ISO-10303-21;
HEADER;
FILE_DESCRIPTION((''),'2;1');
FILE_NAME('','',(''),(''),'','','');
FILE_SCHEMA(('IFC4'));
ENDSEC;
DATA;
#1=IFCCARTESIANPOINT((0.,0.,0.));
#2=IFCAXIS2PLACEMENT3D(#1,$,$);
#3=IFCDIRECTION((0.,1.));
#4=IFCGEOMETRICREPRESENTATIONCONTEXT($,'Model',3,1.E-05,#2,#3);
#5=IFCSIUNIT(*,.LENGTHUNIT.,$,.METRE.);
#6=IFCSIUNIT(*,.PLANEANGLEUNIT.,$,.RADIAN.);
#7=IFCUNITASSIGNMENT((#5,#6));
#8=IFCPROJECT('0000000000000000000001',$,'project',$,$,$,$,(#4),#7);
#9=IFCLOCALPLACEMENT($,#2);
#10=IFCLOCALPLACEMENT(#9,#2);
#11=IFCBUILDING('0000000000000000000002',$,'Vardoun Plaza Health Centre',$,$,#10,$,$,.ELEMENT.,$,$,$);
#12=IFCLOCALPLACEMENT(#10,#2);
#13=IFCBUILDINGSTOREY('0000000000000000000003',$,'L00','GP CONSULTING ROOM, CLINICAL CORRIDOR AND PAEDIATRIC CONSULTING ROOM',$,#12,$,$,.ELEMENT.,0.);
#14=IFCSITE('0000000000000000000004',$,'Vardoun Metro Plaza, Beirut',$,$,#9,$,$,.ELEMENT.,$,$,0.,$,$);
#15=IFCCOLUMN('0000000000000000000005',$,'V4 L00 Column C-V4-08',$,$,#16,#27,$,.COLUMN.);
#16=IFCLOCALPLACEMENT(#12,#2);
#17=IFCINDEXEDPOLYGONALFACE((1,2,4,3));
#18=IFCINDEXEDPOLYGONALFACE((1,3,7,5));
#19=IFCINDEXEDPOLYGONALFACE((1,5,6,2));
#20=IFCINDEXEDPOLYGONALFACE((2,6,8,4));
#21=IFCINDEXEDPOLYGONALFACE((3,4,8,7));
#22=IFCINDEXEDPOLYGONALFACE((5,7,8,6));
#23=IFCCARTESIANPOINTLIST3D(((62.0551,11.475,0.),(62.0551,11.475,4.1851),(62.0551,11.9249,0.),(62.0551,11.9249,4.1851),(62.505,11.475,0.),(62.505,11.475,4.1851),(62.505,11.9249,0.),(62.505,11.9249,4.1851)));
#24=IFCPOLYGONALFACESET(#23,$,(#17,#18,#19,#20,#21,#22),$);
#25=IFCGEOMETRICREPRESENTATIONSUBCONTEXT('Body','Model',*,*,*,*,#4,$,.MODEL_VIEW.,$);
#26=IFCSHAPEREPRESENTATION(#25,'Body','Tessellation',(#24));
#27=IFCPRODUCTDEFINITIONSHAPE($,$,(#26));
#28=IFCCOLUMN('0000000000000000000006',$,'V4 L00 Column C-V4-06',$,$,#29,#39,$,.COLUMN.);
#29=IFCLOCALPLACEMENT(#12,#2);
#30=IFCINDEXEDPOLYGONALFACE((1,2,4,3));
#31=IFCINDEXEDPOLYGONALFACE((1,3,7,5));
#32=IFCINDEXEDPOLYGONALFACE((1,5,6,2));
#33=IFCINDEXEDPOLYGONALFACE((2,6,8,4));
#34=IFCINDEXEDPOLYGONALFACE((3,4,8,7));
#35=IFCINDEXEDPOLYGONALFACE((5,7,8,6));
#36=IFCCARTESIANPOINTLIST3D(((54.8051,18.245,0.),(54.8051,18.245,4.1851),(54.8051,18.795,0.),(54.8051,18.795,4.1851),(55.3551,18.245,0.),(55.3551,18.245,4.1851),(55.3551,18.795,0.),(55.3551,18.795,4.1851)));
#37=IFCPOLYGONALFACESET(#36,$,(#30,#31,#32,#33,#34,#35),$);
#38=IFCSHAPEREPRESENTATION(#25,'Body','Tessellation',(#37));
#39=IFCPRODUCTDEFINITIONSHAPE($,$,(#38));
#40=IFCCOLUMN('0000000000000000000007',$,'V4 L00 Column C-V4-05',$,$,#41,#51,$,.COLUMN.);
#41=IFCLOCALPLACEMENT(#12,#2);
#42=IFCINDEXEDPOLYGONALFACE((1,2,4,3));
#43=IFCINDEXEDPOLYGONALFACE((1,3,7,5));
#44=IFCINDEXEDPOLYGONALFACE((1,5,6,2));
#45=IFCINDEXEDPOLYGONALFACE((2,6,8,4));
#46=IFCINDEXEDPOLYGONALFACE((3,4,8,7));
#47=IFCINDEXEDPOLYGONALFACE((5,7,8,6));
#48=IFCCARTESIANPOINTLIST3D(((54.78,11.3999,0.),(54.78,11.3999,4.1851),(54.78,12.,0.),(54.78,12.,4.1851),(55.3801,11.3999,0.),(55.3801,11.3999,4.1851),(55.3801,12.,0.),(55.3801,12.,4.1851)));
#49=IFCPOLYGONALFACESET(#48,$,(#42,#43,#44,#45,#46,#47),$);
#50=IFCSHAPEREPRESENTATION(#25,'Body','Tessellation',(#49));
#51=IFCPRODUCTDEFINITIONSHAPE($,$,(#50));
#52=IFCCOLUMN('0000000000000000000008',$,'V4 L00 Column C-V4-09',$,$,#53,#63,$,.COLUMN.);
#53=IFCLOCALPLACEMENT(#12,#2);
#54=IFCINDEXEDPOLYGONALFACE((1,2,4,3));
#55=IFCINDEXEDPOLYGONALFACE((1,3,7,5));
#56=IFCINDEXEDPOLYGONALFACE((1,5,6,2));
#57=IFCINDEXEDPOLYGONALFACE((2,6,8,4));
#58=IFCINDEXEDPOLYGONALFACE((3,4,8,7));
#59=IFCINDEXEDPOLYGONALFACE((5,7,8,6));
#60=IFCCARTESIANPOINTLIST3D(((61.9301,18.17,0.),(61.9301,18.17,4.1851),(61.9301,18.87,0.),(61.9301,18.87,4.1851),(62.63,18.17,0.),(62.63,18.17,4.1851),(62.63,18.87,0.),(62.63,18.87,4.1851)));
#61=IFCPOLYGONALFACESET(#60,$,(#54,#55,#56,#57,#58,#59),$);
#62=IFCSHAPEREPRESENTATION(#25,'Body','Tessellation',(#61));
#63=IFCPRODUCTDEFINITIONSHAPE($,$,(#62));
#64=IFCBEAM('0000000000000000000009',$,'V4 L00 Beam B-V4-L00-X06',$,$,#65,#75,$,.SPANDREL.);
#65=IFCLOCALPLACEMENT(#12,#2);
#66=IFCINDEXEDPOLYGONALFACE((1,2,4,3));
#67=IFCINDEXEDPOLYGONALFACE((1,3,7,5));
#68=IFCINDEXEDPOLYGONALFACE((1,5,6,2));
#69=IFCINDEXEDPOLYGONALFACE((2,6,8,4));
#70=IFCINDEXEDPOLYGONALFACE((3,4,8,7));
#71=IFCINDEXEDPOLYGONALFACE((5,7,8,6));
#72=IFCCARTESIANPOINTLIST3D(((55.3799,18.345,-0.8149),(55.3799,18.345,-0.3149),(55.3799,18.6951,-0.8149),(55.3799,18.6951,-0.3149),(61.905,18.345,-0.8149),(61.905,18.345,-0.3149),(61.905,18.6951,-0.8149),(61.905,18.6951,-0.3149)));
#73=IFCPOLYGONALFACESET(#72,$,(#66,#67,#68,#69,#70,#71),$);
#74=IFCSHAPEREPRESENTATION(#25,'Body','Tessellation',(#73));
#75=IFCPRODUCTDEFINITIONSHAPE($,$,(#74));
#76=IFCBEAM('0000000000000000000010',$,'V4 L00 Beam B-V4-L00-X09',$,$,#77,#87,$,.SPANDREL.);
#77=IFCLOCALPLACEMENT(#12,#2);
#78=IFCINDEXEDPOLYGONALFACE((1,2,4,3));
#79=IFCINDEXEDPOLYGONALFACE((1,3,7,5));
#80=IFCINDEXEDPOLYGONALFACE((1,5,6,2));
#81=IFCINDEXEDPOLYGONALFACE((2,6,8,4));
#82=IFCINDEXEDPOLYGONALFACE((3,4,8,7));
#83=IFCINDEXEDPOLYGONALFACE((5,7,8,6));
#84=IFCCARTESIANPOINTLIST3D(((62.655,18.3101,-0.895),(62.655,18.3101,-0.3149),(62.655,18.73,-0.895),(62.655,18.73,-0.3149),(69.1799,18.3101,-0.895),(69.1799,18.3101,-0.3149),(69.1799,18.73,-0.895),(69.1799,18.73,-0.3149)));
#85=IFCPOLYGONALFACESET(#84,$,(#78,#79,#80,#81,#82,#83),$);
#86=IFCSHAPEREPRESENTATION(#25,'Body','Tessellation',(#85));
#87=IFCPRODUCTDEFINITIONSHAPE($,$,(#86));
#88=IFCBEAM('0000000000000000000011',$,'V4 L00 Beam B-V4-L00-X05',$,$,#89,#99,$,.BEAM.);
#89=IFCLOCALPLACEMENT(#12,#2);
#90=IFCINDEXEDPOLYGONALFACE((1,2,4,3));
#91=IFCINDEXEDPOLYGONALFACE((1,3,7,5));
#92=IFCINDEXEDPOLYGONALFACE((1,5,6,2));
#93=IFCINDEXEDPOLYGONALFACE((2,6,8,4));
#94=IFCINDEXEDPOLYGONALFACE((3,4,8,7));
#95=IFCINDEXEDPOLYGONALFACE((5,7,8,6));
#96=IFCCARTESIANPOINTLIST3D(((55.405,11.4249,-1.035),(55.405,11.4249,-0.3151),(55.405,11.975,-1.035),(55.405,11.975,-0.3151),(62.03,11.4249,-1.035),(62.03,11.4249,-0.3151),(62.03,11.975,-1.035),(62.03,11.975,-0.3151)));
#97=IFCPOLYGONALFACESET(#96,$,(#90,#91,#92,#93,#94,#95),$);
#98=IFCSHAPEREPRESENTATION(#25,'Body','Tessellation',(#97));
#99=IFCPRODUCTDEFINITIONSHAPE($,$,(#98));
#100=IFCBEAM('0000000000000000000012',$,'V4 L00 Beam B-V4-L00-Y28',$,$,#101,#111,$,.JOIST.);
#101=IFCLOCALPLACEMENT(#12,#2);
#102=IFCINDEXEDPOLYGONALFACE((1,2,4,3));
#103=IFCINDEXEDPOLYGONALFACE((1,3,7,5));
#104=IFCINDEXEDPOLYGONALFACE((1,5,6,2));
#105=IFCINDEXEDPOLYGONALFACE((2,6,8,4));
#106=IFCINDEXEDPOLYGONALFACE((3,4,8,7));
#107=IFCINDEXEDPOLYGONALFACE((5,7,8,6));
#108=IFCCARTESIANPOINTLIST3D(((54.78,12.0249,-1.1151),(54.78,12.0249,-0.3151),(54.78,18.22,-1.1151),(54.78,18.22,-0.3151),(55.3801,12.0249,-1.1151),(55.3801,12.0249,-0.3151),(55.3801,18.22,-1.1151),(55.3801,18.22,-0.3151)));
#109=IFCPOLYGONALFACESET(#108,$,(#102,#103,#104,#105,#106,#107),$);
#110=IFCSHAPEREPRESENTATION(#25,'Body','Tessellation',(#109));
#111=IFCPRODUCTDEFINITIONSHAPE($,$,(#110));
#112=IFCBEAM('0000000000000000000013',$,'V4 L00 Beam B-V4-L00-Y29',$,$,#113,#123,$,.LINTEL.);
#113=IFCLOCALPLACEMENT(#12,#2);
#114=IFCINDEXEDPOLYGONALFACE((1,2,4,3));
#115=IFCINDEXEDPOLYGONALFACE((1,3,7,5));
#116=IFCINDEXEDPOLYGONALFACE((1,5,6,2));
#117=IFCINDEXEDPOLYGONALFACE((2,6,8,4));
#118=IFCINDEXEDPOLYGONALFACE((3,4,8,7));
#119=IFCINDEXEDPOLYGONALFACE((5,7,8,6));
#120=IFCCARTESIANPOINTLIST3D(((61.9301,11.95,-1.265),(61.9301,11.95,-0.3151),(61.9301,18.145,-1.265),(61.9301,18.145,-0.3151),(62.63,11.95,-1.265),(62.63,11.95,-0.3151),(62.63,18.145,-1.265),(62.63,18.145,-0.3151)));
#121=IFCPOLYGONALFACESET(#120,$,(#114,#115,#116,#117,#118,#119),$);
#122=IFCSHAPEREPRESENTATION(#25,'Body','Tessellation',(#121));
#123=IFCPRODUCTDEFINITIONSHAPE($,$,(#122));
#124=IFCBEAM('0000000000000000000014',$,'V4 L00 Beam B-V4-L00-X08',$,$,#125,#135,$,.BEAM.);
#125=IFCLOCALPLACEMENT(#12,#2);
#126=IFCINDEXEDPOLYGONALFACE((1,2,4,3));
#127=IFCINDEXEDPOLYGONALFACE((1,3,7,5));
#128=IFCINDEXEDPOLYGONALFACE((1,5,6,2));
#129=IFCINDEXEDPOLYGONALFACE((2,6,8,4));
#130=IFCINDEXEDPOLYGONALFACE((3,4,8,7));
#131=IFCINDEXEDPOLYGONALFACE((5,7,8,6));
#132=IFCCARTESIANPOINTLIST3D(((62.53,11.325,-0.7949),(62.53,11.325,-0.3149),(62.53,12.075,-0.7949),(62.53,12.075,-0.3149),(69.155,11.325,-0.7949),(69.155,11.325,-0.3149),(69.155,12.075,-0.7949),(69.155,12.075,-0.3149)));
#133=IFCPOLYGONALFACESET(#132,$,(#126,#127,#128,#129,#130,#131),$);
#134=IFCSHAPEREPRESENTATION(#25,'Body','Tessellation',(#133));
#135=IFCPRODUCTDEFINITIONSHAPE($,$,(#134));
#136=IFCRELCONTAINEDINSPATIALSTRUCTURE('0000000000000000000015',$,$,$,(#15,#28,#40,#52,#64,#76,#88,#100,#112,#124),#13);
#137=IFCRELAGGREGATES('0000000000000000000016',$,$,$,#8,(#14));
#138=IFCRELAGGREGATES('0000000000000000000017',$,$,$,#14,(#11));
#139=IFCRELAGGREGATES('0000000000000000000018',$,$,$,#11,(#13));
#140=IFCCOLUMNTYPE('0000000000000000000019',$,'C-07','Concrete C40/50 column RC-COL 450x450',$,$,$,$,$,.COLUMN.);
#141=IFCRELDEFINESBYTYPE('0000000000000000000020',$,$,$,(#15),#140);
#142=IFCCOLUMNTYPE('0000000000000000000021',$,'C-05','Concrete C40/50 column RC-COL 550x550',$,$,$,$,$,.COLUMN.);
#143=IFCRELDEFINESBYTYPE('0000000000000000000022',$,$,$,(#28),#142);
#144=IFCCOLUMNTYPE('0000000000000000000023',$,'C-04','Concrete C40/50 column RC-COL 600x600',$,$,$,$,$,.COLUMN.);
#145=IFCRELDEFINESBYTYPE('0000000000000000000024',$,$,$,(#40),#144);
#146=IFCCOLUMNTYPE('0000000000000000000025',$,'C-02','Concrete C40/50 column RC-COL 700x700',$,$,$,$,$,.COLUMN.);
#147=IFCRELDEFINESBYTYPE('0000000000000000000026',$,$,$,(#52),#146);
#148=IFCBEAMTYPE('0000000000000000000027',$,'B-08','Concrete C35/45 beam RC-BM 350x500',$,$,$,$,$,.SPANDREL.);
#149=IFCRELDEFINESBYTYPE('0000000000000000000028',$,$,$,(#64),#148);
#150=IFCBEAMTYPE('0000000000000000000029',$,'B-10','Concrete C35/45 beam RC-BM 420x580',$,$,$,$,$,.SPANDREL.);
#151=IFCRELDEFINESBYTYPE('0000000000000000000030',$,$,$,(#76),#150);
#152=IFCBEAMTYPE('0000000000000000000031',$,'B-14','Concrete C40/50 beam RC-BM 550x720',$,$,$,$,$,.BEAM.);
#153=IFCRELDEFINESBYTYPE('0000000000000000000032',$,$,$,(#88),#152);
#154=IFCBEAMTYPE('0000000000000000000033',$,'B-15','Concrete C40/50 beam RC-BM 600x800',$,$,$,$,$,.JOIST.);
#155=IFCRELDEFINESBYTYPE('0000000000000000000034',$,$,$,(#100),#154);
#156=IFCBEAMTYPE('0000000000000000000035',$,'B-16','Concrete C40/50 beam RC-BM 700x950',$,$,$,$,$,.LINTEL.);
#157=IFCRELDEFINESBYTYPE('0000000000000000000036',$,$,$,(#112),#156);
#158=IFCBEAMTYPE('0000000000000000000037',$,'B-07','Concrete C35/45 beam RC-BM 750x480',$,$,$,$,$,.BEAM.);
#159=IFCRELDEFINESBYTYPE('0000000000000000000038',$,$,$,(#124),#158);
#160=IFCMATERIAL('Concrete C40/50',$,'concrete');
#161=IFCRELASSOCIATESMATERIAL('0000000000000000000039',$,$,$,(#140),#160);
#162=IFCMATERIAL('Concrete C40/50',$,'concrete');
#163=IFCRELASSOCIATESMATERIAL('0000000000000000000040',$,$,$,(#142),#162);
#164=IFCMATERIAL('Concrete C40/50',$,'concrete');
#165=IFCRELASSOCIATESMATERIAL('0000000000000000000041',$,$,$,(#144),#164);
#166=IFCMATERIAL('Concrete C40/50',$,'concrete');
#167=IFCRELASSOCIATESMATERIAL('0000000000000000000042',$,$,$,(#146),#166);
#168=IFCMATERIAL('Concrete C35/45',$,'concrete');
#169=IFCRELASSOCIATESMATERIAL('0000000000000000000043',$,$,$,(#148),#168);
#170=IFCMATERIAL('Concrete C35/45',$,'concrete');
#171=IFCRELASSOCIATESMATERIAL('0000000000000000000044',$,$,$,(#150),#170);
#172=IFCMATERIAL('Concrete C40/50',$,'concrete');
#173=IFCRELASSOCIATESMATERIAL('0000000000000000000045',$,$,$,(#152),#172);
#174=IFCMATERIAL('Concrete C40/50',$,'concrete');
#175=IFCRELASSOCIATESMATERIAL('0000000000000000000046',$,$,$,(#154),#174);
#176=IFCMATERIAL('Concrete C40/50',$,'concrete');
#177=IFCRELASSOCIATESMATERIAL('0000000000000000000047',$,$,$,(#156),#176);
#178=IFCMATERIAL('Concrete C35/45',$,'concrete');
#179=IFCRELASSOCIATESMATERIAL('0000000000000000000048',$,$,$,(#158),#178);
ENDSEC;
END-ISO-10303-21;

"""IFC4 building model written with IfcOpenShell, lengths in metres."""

from ifc_helpers import new_model, si_unit, direction, frame, origin, origin_2d, place, context, subcontext, project, spatial, rectangle, extrude, material, material_profile, profile_set, type_object, element, save


model = new_model("IFC4")

# Units and contexts
model_context = context("Model", 3, precision=1e-05, world=origin(), true_north=direction((0.0, 1.0)))
body_context = subcontext(model_context, "Body", "Model", "MODEL_VIEW")
ifc_project = project(units=[si_unit("LENGTHUNIT", "METRE"), si_unit("PLANEANGLEUNIT", "RADIAN")], contexts=[model_context])

# Site, building, storey
site_placement = place(None, origin())
site = spatial("IfcSite", under=ifc_project, at=site_placement, Name="Vardoun Metro Plaza, Beirut", CompositionType="ELEMENT", RefElevation=0.0)
building_placement = place(site_placement, origin())
building = spatial("IfcBuilding", under=site, at=building_placement, Name="Vardoun Plaza Health Centre", CompositionType="ELEMENT")
storey_placement = place(building_placement, origin())
storey = spatial("IfcBuildingStorey", under=building, at=storey_placement, Name="L00", Description="GP CONSULTING ROOM, CLINICAL CORRIDOR AND PAEDIATRIC CONSULTING ROOM", CompositionType="ELEMENT", Elevation=0.0)

# Columns
ifc_material_1 = material(Name="Concrete C40/50", Category="concrete")
ifc_material_profile_1 = material_profile(ifc_material_1, rectangle(XDim=0.45, YDim=0.45, at=origin_2d()), Name="RC-COL 450x450")
ifc_profile_set_1 = profile_set([ifc_material_profile_1], Name="Concrete C40/50")
column_type_1 = type_object("IfcColumnType", Name="C-07", Description="Concrete C40/50 column RC-COL 450x450", PredefinedType="COLUMN", material=ifc_profile_set_1)
column_1_placement = place(storey_placement, frame((62.28, 11.7, 0.0), z_axis=(0.0, 0.0, 1.0), x_axis=(1.0, 0.0, 0.0)))
element("IfcColumn", 1, at=column_1_placement, inside=storey, type_object=column_type_1, Name="V4 L00 Column C-V4-08", PredefinedType="COLUMN", context=body_context, shape_type="SweptSolid", body=[
    extrude(rectangle(XDim=0.45, YDim=0.45, at=origin_2d()), origin(), (0.0, 0.0, 1.0), 4.1851),
])
ifc_material_2 = material(Name="Concrete C40/50", Category="concrete")
ifc_material_profile_2 = material_profile(ifc_material_2, rectangle(XDim=0.55, YDim=0.55, at=origin_2d()), Name="RC-COL 550x550")
ifc_profile_set_2 = profile_set([ifc_material_profile_2], Name="Concrete C40/50")
column_type_2 = type_object("IfcColumnType", Name="C-05", Description="Concrete C40/50 column RC-COL 550x550", PredefinedType="COLUMN", material=ifc_profile_set_2)
column_2_placement = place(storey_placement, frame((55.0801, 18.52, 0.0), z_axis=(0.0, 0.0, 1.0), x_axis=(1.0, 0.0, 0.0)))
element("IfcColumn", 2, at=column_2_placement, inside=storey, type_object=column_type_2, Name="V4 L00 Column C-V4-06", PredefinedType="COLUMN", context=body_context, shape_type="SweptSolid", body=[
    extrude(rectangle(XDim=0.55, YDim=0.55, at=origin_2d()), origin(), (0.0, 0.0, 1.0), 4.1851),
])
ifc_material_3 = material(Name="Concrete C40/50", Category="concrete")
ifc_material_profile_3 = material_profile(ifc_material_3, rectangle(XDim=0.6001, YDim=0.6001, at=origin_2d()), Name="RC-COL 600x600")
ifc_profile_set_3 = profile_set([ifc_material_profile_3], Name="Concrete C40/50")
column_type_3 = type_object("IfcColumnType", Name="C-04", Description="Concrete C40/50 column RC-COL 600x600", PredefinedType="COLUMN", material=ifc_profile_set_3)
column_3_placement = place(storey_placement, frame((55.0801, 11.7, 0.0), z_axis=(0.0, 0.0, 1.0), x_axis=(1.0, 0.0, 0.0)))
element("IfcColumn", 3, at=column_3_placement, inside=storey, type_object=column_type_3, Name="V4 L00 Column C-V4-05", PredefinedType="COLUMN", context=body_context, shape_type="SweptSolid", body=[
    extrude(rectangle(XDim=0.6001, YDim=0.6001, at=origin_2d()), origin(), (0.0, 0.0, 1.0), 4.1851),
])
ifc_material_4 = material(Name="Concrete C40/50", Category="concrete")
ifc_material_profile_4 = material_profile(ifc_material_4, rectangle(XDim=0.7, YDim=0.7, at=origin_2d()), Name="RC-COL 700x700")
ifc_profile_set_4 = profile_set([ifc_material_profile_4], Name="Concrete C40/50")
column_type_4 = type_object("IfcColumnType", Name="C-02", Description="Concrete C40/50 column RC-COL 700x700", PredefinedType="COLUMN", material=ifc_profile_set_4)
column_4_placement = place(storey_placement, frame((62.28, 18.52, 0.0), z_axis=(0.0, 0.0, 1.0), x_axis=(1.0, 0.0, 0.0)))
element("IfcColumn", 4, at=column_4_placement, inside=storey, type_object=column_type_4, Name="V4 L00 Column C-V4-09", PredefinedType="COLUMN", context=body_context, shape_type="SweptSolid", body=[
    extrude(rectangle(XDim=0.7, YDim=0.7, at=origin_2d()), origin(), (0.0, 0.0, 1.0), 4.1851),
])

# Beams
ifc_material_5 = material(Name="Concrete C35/45", Category="concrete")
ifc_material_profile_5 = material_profile(ifc_material_5, rectangle(XDim=0.3501, YDim=0.5, at=origin_2d()), Name="RC-BM 350x500")
ifc_profile_set_5 = profile_set([ifc_material_profile_5], Name="Concrete C35/45")
beam_type_1 = type_object("IfcBeamType", Name="B-08", Description="Concrete C35/45 beam RC-BM 350x500", PredefinedType="SPANDREL", material=ifc_profile_set_5)
beam_1_placement = place(storey_placement, frame((55.3799, 18.52, -0.5649), z_axis=(1.0, 0.0, 0.0), x_axis=(0.0, 1.0, 0.0)))
element("IfcBeam", 5, at=beam_1_placement, inside=storey, type_object=beam_type_1, Name="V4 L00 Beam B-V4-L00-X06", PredefinedType="SPANDREL", context=body_context, shape_type="SweptSolid", body=[
    extrude(rectangle(XDim=0.3501, YDim=0.5, at=origin_2d()), origin(), (0.0, 0.0, 1.0), 6.5251),
])
ifc_material_6 = material(Name="Concrete C35/45", Category="concrete")
ifc_material_profile_6 = material_profile(ifc_material_6, rectangle(XDim=0.4199, YDim=0.5801, at=origin_2d()), Name="RC-BM 420x580")
ifc_profile_set_6 = profile_set([ifc_material_profile_6], Name="Concrete C35/45")
beam_type_2 = type_object("IfcBeamType", Name="B-10", Description="Concrete C35/45 beam RC-BM 420x580", PredefinedType="SPANDREL", material=ifc_profile_set_6)
beam_2_placement = place(storey_placement, frame((62.655, 18.52, -0.605), z_axis=(1.0, 0.0, 0.0), x_axis=(0.0, 1.0, 0.0)))
element("IfcBeam", 6, at=beam_2_placement, inside=storey, type_object=beam_type_2, Name="V4 L00 Beam B-V4-L00-X09", PredefinedType="SPANDREL", context=body_context, shape_type="SweptSolid", body=[
    extrude(rectangle(XDim=0.4199, YDim=0.5801, at=origin_2d()), origin(), (0.0, 0.0, 1.0), 6.5249),
])
ifc_material_7 = material(Name="Concrete C40/50", Category="concrete")
ifc_material_profile_7 = material_profile(ifc_material_7, rectangle(XDim=0.55, YDim=0.72, at=origin_2d()), Name="RC-BM 550x720")
ifc_profile_set_7 = profile_set([ifc_material_profile_7], Name="Concrete C40/50")
beam_type_3 = type_object("IfcBeamType", Name="B-14", Description="Concrete C40/50 beam RC-BM 550x720", PredefinedType="BEAM", material=ifc_profile_set_7)
beam_3_placement = place(storey_placement, frame((55.405, 11.7, -0.675), z_axis=(1.0, 0.0, 0.0), x_axis=(0.0, 1.0, 0.0)))
element("IfcBeam", 7, at=beam_3_placement, inside=storey, type_object=beam_type_3, Name="V4 L00 Beam B-V4-L00-X05", PredefinedType="BEAM", context=body_context, shape_type="SweptSolid", body=[
    extrude(rectangle(XDim=0.55, YDim=0.72, at=origin_2d()), origin(), (0.0, 0.0, 1.0), 6.625),
])
ifc_material_8 = material(Name="Concrete C40/50", Category="concrete")
ifc_material_profile_8 = material_profile(ifc_material_8, rectangle(XDim=0.6001, YDim=0.8, at=origin_2d()), Name="RC-BM 600x800")
ifc_profile_set_8 = profile_set([ifc_material_profile_8], Name="Concrete C40/50")
beam_type_4 = type_object("IfcBeamType", Name="B-15", Description="Concrete C40/50 beam RC-BM 600x800", PredefinedType="JOIST", material=ifc_profile_set_8)
beam_4_placement = place(storey_placement, frame((55.0801, 12.0249, -0.7151), z_axis=(0.0, 1.0, 0.0), x_axis=(-1.0, 0.0, 0.0)))
element("IfcBeam", 8, at=beam_4_placement, inside=storey, type_object=beam_type_4, Name="V4 L00 Beam B-V4-L00-Y28", PredefinedType="JOIST", context=body_context, shape_type="SweptSolid", body=[
    extrude(rectangle(XDim=0.6001, YDim=0.8, at=origin_2d()), origin(), (0.0, 0.0, 1.0), 6.1951),
])
ifc_material_9 = material(Name="Concrete C40/50", Category="concrete")
ifc_material_profile_9 = material_profile(ifc_material_9, rectangle(XDim=0.7, YDim=0.95, at=origin_2d()), Name="RC-BM 700x950")
ifc_profile_set_9 = profile_set([ifc_material_profile_9], Name="Concrete C40/50")
beam_type_5 = type_object("IfcBeamType", Name="B-16", Description="Concrete C40/50 beam RC-BM 700x950", PredefinedType="LINTEL", material=ifc_profile_set_9)
beam_5_placement = place(storey_placement, frame((62.28, 11.95, -0.79), z_axis=(0.0, 1.0, 0.0), x_axis=(-1.0, 0.0, 0.0)))
element("IfcBeam", 9, at=beam_5_placement, inside=storey, type_object=beam_type_5, Name="V4 L00 Beam B-V4-L00-Y29", PredefinedType="LINTEL", context=body_context, shape_type="SweptSolid", body=[
    extrude(rectangle(XDim=0.7, YDim=0.95, at=origin_2d()), origin(), (0.0, 0.0, 1.0), 6.1951),
])
ifc_material_10 = material(Name="Concrete C35/45", Category="concrete")
ifc_material_profile_10 = material_profile(ifc_material_10, rectangle(XDim=0.75, YDim=0.48, at=origin_2d()), Name="RC-BM 750x480")
ifc_profile_set_10 = profile_set([ifc_material_profile_10], Name="Concrete C35/45")
beam_type_6 = type_object("IfcBeamType", Name="B-07", Description="Concrete C35/45 beam RC-BM 750x480", PredefinedType="BEAM", material=ifc_profile_set_10)
beam_6_placement = place(storey_placement, frame((62.53, 11.7, -0.5549), z_axis=(1.0, 0.0, 0.0), x_axis=(0.0, 1.0, 0.0)))
element("IfcBeam", 10, at=beam_6_placement, inside=storey, type_object=beam_type_6, Name="V4 L00 Beam B-V4-L00-X08", PredefinedType="BEAM", context=body_context, shape_type="SweptSolid", body=[
    extrude(rectangle(XDim=0.75, YDim=0.48, at=origin_2d()), origin(), (0.0, 0.0, 1.0), 6.625),
])

save(model, "model.ifc")
